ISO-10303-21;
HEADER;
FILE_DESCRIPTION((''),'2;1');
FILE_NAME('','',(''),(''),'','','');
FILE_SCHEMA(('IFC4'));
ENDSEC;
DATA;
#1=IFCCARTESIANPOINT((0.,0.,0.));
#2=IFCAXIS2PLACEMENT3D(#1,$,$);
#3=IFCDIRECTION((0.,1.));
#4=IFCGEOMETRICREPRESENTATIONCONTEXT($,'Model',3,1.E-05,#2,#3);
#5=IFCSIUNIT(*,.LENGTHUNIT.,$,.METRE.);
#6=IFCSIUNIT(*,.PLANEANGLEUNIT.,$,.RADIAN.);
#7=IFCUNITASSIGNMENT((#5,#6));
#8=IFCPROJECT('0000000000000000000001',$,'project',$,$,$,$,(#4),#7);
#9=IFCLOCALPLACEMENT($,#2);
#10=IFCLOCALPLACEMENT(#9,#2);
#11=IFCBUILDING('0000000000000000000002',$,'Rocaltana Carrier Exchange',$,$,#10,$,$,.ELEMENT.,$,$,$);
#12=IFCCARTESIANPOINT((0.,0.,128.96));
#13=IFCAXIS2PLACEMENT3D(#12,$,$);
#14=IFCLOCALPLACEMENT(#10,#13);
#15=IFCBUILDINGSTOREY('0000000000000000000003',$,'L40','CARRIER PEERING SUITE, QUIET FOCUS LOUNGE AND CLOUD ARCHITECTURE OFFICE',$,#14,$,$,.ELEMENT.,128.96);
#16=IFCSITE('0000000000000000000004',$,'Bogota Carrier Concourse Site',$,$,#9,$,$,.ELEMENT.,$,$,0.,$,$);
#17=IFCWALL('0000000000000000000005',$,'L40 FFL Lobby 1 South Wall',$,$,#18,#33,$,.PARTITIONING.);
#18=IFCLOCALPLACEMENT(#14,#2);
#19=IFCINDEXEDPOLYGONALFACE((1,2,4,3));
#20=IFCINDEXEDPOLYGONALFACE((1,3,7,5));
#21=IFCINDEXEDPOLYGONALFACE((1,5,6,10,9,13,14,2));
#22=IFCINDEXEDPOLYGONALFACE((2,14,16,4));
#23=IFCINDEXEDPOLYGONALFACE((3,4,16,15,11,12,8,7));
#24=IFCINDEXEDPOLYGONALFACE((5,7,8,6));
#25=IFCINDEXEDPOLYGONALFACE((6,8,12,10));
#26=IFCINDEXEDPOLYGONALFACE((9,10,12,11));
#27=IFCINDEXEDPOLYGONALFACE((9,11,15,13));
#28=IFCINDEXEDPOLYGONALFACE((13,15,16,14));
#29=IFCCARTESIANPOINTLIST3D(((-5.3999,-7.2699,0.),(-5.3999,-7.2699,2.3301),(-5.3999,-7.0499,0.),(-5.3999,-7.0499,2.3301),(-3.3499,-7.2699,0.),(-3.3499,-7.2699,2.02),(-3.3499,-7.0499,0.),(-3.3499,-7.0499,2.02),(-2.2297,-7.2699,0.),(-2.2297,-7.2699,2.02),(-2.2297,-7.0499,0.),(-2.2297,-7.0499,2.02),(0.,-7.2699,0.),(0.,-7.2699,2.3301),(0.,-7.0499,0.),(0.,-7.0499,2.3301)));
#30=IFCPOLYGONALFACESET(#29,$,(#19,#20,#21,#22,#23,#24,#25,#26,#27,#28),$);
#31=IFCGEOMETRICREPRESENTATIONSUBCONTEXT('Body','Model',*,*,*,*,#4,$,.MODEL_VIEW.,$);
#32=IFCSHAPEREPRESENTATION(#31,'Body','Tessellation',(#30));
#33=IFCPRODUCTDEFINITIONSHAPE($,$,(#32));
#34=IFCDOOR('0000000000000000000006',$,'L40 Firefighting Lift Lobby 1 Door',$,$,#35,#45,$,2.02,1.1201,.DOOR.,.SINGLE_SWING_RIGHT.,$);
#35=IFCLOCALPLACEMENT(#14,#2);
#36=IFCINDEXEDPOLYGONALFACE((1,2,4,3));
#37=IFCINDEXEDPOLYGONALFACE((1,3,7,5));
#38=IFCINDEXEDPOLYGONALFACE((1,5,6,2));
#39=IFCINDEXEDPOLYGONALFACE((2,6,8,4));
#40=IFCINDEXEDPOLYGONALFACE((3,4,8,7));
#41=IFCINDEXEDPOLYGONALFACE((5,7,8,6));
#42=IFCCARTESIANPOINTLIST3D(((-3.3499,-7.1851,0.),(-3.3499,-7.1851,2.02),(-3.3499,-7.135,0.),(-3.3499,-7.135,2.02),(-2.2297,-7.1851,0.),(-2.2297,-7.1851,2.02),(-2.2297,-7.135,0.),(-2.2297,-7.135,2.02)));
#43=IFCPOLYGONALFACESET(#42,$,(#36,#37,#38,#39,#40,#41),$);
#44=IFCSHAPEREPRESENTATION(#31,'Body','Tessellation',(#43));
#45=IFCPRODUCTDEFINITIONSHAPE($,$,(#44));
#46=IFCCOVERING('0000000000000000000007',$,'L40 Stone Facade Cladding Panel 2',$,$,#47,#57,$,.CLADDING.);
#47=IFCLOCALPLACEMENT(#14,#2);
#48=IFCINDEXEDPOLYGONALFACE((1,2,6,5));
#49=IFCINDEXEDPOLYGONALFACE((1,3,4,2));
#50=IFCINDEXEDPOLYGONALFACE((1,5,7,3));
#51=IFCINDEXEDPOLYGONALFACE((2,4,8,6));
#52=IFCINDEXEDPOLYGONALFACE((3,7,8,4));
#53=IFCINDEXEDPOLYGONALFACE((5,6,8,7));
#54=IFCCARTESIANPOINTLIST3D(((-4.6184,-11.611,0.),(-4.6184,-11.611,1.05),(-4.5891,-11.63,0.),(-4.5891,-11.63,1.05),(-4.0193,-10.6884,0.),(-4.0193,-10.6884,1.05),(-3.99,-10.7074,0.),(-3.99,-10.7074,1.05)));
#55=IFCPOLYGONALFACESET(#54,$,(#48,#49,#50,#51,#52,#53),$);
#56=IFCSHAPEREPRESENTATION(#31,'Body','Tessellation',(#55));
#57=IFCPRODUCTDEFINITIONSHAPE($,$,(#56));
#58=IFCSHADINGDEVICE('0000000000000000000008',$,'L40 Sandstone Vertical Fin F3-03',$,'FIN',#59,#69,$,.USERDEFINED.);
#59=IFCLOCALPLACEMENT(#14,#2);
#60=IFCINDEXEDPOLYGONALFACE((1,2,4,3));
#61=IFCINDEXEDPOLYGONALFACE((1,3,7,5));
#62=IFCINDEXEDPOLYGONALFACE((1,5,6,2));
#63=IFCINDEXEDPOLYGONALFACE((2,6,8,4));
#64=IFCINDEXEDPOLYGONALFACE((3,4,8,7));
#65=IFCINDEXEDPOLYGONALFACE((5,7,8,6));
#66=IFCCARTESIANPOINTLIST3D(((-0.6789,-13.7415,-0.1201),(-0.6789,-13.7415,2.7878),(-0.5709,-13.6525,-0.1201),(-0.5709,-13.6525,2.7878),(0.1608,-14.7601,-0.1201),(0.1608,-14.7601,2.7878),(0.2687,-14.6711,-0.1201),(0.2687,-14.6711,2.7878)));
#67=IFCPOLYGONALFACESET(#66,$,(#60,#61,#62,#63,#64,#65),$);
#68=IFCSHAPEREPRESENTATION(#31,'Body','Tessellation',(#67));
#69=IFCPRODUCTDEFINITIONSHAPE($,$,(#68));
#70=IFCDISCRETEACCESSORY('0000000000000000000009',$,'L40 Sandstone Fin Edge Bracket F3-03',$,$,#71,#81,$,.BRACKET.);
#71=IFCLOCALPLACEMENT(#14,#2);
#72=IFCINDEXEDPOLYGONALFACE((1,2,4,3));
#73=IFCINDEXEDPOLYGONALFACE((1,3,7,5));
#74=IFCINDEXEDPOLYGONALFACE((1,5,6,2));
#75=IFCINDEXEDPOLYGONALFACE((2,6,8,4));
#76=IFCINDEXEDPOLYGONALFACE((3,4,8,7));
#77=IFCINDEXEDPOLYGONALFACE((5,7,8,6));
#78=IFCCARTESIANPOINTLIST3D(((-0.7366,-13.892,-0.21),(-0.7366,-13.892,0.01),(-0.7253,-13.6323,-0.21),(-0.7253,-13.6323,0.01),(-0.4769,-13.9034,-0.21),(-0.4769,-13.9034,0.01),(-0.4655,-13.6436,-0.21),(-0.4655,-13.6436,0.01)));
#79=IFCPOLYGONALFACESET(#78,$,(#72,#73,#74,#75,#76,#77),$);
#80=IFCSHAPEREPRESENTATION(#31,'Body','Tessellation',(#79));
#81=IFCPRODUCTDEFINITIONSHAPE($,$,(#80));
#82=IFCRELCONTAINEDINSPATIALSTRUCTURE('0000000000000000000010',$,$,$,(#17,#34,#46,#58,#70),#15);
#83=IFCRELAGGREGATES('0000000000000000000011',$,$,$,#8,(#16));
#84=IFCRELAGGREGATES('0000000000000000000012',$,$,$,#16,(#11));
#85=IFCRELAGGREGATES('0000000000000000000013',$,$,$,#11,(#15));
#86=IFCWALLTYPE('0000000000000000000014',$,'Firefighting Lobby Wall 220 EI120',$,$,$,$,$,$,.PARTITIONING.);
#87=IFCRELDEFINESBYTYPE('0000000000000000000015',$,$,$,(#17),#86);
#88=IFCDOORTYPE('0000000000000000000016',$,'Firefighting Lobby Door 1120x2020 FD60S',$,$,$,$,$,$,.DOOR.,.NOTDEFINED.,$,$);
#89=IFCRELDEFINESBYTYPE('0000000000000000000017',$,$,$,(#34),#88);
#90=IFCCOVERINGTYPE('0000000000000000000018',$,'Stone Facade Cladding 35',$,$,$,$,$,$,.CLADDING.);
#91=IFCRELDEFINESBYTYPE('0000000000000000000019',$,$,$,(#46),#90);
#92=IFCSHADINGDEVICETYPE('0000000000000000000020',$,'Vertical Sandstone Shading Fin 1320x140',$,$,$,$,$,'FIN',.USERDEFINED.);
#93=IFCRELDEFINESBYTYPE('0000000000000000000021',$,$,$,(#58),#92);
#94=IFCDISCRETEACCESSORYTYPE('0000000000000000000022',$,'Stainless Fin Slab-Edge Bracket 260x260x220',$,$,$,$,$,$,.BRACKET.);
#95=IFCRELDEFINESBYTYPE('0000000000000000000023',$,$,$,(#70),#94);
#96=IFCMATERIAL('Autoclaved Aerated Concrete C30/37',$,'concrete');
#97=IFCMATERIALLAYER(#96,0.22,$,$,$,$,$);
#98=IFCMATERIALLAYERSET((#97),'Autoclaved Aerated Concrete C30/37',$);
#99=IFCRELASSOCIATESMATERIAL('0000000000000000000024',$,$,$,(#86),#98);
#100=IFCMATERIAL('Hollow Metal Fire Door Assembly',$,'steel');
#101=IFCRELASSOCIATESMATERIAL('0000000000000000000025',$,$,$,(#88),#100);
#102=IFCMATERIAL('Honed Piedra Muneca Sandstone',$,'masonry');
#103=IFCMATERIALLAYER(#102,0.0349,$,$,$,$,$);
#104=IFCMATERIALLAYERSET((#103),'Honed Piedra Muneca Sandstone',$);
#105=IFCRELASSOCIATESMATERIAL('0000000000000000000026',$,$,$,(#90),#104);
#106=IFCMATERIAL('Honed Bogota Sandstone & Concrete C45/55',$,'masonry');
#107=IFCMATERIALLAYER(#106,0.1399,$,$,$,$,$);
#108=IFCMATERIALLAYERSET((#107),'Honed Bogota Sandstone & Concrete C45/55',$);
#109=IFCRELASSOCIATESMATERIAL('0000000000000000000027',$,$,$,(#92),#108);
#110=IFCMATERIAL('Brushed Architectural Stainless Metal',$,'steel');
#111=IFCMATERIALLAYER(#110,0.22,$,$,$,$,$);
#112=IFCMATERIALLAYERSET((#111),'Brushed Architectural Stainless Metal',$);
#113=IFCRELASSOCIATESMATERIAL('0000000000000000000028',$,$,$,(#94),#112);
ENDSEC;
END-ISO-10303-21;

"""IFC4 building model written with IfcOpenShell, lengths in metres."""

from ifc_helpers import new_model, si_unit, direction, frame, frame_2d, origin, origin_2d, place, context, subcontext, project, spatial, rectangle, extrude, material, layer, layer_set, type_object, element, fill, save


model = new_model("IFC4")

# Units and contexts
model_context = context("Model", 3, precision=1e-05, world=origin(), true_north=direction((0.0, 1.0)))
body_context = subcontext(model_context, "Body", "Model", "MODEL_VIEW")
ifc_project = project(units=[si_unit("LENGTHUNIT", "METRE"), si_unit("PLANEANGLEUNIT", "RADIAN")], contexts=[model_context])

# Site, building, storey
site_placement = place(None, origin())
site = spatial("IfcSite", under=ifc_project, at=site_placement, Name="Bogota Carrier Concourse Site", CompositionType="ELEMENT", RefElevation=0.0)
building_placement = place(site_placement, origin())
building = spatial("IfcBuilding", under=site, at=building_placement, Name="Rocaltana Carrier Exchange", CompositionType="ELEMENT")
storey_placement = place(building_placement, frame((0.0, 0.0, 128.96)))
storey = spatial("IfcBuildingStorey", under=building, at=storey_placement, Name="L40", Description="CARRIER PEERING SUITE, QUIET FOCUS LOUNGE AND CLOUD ARCHITECTURE OFFICE", CompositionType="ELEMENT", Elevation=128.96)

# Shared definitions
ifc_material_1 = material(Name="Autoclaved Aerated Concrete C30/37", Category="concrete")
ifc_layer_1 = layer(ifc_material_1, 0.22)
ifc_layer_set_1 = layer_set([ifc_layer_1], Name="Autoclaved Aerated Concrete C30/37")
wall_type_1 = type_object("IfcWallType", Name="Firefighting Lobby Wall 220 EI120", PredefinedType="PARTITIONING", material=ifc_layer_set_1)

# Wall, opening, door
wall_1_placement = place(storey_placement, frame((-5.3999, -7.1599, 0.0), z_axis=(0.0, 0.0, 1.0), x_axis=(1.0, 0.0, 0.0)))
wall_1 = element("IfcWall", 1, at=wall_1_placement, inside=storey, type_object=wall_type_1, Name="L40 FFL Lobby 1 South Wall", PredefinedType="PARTITIONING", context=body_context, shape_type="SweptSolid", body=[
    extrude(rectangle(XDim=5.3999, YDim=0.22, at=frame_2d((2.7, 0.0))), origin(), (0.0, 0.0, 1.0), 2.3301),
])
opening_placement = place(wall_1_placement, frame((2.05, 0.0, 0.0)))
opening = element("IfcOpeningElement", 2, at=opening_placement, cuts=wall_1, PredefinedType="OPENING", context=body_context, shape_type="SweptSolid", body=[
    extrude(rectangle(XDim=1.1201, YDim=2.02, at=frame_2d((0.5601, 1.01))), frame((0.0, 0.1199, 0.0), z_axis=(0.0, -1.0, 0.0), x_axis=(1.0, 0.0, 0.0)), (0.0, 0.0, 1.0), 0.24),
])
ifc_material_2 = material(Name="Hollow Metal Fire Door Assembly", Category="steel")
door_type = type_object("IfcDoorType", Name="Firefighting Lobby Door 1120x2020 FD60S", OperationType="NOTDEFINED", PredefinedType="DOOR", material=ifc_material_2)
door_placement = place(opening_placement, origin())
door = element("IfcDoor", 3, at=door_placement, inside=storey, type_object=door_type, Name="L40 Firefighting Lift Lobby 1 Door", OperationType="SINGLE_SWING_RIGHT", OverallHeight=2.02, OverallWidth=1.1201, PredefinedType="DOOR", context=body_context, shape_type="SweptSolid", body=[
    extrude(rectangle(XDim=1.1201, YDim=2.02, at=frame_2d((0.5601, 1.01))), frame((0.0, 0.0249, 0.0), z_axis=(0.0, -1.0, 0.0), x_axis=(1.0, 0.0, 0.0)), (0.0, 0.0, 1.0), 0.05),
])
fill(opening, door)

# Covering
ifc_material_3 = material(Name="Honed Piedra Muneca Sandstone", Category="masonry")
ifc_layer_2 = layer(ifc_material_3, 0.0349)
ifc_layer_set_2 = layer_set([ifc_layer_2], Name="Honed Piedra Muneca Sandstone")
covering_type = type_object("IfcCoveringType", Name="Stone Facade Cladding 35", PredefinedType="CLADDING", material=ifc_layer_set_2)
covering_placement = place(storey_placement, frame((-4.3042, -11.1592, 0.0), z_axis=(0.0, 0.0, 1.0), x_axis=(0.544639, 0.838671, 0.0)))
element("IfcCovering", 4, at=covering_placement, inside=storey, type_object=covering_type, Name="L40 Stone Facade Cladding Panel 2", PredefinedType="CLADDING", context=body_context, shape_type="SweptSolid", body=[
    extrude(rectangle(XDim=1.1001, YDim=0.0349, at=origin_2d()), origin(), (0.0, 0.0, 1.0), 1.05),
])

# Shading device
ifc_material_4 = material(Name="Honed Bogota Sandstone & Concrete C45/55", Category="masonry")
ifc_layer_3 = layer(ifc_material_4, 0.1399)
ifc_layer_set_3 = layer_set([ifc_layer_3], Name="Honed Bogota Sandstone & Concrete C45/55")
shading_device_type = type_object("IfcShadingDeviceType", Name="Vertical Sandstone Shading Fin 1320x140", ElementType="FIN", PredefinedType="USERDEFINED", material=ifc_layer_set_3)
shading_device_placement = place(storey_placement, frame((-0.2051, -14.2063, -0.1201), z_axis=(0.0, 0.0, 1.0), x_axis=(0.636078, -0.771625, 0.0)))
element("IfcShadingDevice", 5, at=shading_device_placement, inside=storey, type_object=shading_device_type, Name="L40 Sandstone Vertical Fin F3-03", ObjectType="FIN", PredefinedType="USERDEFINED", context=body_context, shape_type="SweptSolid", body=[
    extrude(rectangle(XDim=1.3201, YDim=0.1399, at=origin_2d()), origin(), (0.0, 0.0, 1.0), 2.908),
])

# Discrete accessory
ifc_material_5 = material(Name="Brushed Architectural Stainless Metal", Category="steel")
ifc_layer_4 = layer(ifc_material_5, 0.22)
ifc_layer_set_4 = layer_set([ifc_layer_4], Name="Brushed Architectural Stainless Metal")
discrete_accessory_type = type_object("IfcDiscreteAccessoryType", Name="Stainless Fin Slab-Edge Bracket 260x260x220", PredefinedType="BRACKET", material=ifc_layer_set_4)
discrete_accessory_placement = place(storey_placement, frame((-0.6011, -13.7678, -0.21), z_axis=(0.0, 0.0, 1.0), x_axis=(0.999048, -0.043619, 0.0)))
element("IfcDiscreteAccessory", 6, at=discrete_accessory_placement, inside=storey, type_object=discrete_accessory_type, Name="L40 Sandstone Fin Edge Bracket F3-03", PredefinedType="BRACKET", context=body_context, shape_type="SweptSolid", body=[
    extrude(rectangle(XDim=0.26, YDim=0.26, at=origin_2d()), origin(), (0.0, 0.0, 1.0), 0.22),
])

save(model, "model.ifc")
